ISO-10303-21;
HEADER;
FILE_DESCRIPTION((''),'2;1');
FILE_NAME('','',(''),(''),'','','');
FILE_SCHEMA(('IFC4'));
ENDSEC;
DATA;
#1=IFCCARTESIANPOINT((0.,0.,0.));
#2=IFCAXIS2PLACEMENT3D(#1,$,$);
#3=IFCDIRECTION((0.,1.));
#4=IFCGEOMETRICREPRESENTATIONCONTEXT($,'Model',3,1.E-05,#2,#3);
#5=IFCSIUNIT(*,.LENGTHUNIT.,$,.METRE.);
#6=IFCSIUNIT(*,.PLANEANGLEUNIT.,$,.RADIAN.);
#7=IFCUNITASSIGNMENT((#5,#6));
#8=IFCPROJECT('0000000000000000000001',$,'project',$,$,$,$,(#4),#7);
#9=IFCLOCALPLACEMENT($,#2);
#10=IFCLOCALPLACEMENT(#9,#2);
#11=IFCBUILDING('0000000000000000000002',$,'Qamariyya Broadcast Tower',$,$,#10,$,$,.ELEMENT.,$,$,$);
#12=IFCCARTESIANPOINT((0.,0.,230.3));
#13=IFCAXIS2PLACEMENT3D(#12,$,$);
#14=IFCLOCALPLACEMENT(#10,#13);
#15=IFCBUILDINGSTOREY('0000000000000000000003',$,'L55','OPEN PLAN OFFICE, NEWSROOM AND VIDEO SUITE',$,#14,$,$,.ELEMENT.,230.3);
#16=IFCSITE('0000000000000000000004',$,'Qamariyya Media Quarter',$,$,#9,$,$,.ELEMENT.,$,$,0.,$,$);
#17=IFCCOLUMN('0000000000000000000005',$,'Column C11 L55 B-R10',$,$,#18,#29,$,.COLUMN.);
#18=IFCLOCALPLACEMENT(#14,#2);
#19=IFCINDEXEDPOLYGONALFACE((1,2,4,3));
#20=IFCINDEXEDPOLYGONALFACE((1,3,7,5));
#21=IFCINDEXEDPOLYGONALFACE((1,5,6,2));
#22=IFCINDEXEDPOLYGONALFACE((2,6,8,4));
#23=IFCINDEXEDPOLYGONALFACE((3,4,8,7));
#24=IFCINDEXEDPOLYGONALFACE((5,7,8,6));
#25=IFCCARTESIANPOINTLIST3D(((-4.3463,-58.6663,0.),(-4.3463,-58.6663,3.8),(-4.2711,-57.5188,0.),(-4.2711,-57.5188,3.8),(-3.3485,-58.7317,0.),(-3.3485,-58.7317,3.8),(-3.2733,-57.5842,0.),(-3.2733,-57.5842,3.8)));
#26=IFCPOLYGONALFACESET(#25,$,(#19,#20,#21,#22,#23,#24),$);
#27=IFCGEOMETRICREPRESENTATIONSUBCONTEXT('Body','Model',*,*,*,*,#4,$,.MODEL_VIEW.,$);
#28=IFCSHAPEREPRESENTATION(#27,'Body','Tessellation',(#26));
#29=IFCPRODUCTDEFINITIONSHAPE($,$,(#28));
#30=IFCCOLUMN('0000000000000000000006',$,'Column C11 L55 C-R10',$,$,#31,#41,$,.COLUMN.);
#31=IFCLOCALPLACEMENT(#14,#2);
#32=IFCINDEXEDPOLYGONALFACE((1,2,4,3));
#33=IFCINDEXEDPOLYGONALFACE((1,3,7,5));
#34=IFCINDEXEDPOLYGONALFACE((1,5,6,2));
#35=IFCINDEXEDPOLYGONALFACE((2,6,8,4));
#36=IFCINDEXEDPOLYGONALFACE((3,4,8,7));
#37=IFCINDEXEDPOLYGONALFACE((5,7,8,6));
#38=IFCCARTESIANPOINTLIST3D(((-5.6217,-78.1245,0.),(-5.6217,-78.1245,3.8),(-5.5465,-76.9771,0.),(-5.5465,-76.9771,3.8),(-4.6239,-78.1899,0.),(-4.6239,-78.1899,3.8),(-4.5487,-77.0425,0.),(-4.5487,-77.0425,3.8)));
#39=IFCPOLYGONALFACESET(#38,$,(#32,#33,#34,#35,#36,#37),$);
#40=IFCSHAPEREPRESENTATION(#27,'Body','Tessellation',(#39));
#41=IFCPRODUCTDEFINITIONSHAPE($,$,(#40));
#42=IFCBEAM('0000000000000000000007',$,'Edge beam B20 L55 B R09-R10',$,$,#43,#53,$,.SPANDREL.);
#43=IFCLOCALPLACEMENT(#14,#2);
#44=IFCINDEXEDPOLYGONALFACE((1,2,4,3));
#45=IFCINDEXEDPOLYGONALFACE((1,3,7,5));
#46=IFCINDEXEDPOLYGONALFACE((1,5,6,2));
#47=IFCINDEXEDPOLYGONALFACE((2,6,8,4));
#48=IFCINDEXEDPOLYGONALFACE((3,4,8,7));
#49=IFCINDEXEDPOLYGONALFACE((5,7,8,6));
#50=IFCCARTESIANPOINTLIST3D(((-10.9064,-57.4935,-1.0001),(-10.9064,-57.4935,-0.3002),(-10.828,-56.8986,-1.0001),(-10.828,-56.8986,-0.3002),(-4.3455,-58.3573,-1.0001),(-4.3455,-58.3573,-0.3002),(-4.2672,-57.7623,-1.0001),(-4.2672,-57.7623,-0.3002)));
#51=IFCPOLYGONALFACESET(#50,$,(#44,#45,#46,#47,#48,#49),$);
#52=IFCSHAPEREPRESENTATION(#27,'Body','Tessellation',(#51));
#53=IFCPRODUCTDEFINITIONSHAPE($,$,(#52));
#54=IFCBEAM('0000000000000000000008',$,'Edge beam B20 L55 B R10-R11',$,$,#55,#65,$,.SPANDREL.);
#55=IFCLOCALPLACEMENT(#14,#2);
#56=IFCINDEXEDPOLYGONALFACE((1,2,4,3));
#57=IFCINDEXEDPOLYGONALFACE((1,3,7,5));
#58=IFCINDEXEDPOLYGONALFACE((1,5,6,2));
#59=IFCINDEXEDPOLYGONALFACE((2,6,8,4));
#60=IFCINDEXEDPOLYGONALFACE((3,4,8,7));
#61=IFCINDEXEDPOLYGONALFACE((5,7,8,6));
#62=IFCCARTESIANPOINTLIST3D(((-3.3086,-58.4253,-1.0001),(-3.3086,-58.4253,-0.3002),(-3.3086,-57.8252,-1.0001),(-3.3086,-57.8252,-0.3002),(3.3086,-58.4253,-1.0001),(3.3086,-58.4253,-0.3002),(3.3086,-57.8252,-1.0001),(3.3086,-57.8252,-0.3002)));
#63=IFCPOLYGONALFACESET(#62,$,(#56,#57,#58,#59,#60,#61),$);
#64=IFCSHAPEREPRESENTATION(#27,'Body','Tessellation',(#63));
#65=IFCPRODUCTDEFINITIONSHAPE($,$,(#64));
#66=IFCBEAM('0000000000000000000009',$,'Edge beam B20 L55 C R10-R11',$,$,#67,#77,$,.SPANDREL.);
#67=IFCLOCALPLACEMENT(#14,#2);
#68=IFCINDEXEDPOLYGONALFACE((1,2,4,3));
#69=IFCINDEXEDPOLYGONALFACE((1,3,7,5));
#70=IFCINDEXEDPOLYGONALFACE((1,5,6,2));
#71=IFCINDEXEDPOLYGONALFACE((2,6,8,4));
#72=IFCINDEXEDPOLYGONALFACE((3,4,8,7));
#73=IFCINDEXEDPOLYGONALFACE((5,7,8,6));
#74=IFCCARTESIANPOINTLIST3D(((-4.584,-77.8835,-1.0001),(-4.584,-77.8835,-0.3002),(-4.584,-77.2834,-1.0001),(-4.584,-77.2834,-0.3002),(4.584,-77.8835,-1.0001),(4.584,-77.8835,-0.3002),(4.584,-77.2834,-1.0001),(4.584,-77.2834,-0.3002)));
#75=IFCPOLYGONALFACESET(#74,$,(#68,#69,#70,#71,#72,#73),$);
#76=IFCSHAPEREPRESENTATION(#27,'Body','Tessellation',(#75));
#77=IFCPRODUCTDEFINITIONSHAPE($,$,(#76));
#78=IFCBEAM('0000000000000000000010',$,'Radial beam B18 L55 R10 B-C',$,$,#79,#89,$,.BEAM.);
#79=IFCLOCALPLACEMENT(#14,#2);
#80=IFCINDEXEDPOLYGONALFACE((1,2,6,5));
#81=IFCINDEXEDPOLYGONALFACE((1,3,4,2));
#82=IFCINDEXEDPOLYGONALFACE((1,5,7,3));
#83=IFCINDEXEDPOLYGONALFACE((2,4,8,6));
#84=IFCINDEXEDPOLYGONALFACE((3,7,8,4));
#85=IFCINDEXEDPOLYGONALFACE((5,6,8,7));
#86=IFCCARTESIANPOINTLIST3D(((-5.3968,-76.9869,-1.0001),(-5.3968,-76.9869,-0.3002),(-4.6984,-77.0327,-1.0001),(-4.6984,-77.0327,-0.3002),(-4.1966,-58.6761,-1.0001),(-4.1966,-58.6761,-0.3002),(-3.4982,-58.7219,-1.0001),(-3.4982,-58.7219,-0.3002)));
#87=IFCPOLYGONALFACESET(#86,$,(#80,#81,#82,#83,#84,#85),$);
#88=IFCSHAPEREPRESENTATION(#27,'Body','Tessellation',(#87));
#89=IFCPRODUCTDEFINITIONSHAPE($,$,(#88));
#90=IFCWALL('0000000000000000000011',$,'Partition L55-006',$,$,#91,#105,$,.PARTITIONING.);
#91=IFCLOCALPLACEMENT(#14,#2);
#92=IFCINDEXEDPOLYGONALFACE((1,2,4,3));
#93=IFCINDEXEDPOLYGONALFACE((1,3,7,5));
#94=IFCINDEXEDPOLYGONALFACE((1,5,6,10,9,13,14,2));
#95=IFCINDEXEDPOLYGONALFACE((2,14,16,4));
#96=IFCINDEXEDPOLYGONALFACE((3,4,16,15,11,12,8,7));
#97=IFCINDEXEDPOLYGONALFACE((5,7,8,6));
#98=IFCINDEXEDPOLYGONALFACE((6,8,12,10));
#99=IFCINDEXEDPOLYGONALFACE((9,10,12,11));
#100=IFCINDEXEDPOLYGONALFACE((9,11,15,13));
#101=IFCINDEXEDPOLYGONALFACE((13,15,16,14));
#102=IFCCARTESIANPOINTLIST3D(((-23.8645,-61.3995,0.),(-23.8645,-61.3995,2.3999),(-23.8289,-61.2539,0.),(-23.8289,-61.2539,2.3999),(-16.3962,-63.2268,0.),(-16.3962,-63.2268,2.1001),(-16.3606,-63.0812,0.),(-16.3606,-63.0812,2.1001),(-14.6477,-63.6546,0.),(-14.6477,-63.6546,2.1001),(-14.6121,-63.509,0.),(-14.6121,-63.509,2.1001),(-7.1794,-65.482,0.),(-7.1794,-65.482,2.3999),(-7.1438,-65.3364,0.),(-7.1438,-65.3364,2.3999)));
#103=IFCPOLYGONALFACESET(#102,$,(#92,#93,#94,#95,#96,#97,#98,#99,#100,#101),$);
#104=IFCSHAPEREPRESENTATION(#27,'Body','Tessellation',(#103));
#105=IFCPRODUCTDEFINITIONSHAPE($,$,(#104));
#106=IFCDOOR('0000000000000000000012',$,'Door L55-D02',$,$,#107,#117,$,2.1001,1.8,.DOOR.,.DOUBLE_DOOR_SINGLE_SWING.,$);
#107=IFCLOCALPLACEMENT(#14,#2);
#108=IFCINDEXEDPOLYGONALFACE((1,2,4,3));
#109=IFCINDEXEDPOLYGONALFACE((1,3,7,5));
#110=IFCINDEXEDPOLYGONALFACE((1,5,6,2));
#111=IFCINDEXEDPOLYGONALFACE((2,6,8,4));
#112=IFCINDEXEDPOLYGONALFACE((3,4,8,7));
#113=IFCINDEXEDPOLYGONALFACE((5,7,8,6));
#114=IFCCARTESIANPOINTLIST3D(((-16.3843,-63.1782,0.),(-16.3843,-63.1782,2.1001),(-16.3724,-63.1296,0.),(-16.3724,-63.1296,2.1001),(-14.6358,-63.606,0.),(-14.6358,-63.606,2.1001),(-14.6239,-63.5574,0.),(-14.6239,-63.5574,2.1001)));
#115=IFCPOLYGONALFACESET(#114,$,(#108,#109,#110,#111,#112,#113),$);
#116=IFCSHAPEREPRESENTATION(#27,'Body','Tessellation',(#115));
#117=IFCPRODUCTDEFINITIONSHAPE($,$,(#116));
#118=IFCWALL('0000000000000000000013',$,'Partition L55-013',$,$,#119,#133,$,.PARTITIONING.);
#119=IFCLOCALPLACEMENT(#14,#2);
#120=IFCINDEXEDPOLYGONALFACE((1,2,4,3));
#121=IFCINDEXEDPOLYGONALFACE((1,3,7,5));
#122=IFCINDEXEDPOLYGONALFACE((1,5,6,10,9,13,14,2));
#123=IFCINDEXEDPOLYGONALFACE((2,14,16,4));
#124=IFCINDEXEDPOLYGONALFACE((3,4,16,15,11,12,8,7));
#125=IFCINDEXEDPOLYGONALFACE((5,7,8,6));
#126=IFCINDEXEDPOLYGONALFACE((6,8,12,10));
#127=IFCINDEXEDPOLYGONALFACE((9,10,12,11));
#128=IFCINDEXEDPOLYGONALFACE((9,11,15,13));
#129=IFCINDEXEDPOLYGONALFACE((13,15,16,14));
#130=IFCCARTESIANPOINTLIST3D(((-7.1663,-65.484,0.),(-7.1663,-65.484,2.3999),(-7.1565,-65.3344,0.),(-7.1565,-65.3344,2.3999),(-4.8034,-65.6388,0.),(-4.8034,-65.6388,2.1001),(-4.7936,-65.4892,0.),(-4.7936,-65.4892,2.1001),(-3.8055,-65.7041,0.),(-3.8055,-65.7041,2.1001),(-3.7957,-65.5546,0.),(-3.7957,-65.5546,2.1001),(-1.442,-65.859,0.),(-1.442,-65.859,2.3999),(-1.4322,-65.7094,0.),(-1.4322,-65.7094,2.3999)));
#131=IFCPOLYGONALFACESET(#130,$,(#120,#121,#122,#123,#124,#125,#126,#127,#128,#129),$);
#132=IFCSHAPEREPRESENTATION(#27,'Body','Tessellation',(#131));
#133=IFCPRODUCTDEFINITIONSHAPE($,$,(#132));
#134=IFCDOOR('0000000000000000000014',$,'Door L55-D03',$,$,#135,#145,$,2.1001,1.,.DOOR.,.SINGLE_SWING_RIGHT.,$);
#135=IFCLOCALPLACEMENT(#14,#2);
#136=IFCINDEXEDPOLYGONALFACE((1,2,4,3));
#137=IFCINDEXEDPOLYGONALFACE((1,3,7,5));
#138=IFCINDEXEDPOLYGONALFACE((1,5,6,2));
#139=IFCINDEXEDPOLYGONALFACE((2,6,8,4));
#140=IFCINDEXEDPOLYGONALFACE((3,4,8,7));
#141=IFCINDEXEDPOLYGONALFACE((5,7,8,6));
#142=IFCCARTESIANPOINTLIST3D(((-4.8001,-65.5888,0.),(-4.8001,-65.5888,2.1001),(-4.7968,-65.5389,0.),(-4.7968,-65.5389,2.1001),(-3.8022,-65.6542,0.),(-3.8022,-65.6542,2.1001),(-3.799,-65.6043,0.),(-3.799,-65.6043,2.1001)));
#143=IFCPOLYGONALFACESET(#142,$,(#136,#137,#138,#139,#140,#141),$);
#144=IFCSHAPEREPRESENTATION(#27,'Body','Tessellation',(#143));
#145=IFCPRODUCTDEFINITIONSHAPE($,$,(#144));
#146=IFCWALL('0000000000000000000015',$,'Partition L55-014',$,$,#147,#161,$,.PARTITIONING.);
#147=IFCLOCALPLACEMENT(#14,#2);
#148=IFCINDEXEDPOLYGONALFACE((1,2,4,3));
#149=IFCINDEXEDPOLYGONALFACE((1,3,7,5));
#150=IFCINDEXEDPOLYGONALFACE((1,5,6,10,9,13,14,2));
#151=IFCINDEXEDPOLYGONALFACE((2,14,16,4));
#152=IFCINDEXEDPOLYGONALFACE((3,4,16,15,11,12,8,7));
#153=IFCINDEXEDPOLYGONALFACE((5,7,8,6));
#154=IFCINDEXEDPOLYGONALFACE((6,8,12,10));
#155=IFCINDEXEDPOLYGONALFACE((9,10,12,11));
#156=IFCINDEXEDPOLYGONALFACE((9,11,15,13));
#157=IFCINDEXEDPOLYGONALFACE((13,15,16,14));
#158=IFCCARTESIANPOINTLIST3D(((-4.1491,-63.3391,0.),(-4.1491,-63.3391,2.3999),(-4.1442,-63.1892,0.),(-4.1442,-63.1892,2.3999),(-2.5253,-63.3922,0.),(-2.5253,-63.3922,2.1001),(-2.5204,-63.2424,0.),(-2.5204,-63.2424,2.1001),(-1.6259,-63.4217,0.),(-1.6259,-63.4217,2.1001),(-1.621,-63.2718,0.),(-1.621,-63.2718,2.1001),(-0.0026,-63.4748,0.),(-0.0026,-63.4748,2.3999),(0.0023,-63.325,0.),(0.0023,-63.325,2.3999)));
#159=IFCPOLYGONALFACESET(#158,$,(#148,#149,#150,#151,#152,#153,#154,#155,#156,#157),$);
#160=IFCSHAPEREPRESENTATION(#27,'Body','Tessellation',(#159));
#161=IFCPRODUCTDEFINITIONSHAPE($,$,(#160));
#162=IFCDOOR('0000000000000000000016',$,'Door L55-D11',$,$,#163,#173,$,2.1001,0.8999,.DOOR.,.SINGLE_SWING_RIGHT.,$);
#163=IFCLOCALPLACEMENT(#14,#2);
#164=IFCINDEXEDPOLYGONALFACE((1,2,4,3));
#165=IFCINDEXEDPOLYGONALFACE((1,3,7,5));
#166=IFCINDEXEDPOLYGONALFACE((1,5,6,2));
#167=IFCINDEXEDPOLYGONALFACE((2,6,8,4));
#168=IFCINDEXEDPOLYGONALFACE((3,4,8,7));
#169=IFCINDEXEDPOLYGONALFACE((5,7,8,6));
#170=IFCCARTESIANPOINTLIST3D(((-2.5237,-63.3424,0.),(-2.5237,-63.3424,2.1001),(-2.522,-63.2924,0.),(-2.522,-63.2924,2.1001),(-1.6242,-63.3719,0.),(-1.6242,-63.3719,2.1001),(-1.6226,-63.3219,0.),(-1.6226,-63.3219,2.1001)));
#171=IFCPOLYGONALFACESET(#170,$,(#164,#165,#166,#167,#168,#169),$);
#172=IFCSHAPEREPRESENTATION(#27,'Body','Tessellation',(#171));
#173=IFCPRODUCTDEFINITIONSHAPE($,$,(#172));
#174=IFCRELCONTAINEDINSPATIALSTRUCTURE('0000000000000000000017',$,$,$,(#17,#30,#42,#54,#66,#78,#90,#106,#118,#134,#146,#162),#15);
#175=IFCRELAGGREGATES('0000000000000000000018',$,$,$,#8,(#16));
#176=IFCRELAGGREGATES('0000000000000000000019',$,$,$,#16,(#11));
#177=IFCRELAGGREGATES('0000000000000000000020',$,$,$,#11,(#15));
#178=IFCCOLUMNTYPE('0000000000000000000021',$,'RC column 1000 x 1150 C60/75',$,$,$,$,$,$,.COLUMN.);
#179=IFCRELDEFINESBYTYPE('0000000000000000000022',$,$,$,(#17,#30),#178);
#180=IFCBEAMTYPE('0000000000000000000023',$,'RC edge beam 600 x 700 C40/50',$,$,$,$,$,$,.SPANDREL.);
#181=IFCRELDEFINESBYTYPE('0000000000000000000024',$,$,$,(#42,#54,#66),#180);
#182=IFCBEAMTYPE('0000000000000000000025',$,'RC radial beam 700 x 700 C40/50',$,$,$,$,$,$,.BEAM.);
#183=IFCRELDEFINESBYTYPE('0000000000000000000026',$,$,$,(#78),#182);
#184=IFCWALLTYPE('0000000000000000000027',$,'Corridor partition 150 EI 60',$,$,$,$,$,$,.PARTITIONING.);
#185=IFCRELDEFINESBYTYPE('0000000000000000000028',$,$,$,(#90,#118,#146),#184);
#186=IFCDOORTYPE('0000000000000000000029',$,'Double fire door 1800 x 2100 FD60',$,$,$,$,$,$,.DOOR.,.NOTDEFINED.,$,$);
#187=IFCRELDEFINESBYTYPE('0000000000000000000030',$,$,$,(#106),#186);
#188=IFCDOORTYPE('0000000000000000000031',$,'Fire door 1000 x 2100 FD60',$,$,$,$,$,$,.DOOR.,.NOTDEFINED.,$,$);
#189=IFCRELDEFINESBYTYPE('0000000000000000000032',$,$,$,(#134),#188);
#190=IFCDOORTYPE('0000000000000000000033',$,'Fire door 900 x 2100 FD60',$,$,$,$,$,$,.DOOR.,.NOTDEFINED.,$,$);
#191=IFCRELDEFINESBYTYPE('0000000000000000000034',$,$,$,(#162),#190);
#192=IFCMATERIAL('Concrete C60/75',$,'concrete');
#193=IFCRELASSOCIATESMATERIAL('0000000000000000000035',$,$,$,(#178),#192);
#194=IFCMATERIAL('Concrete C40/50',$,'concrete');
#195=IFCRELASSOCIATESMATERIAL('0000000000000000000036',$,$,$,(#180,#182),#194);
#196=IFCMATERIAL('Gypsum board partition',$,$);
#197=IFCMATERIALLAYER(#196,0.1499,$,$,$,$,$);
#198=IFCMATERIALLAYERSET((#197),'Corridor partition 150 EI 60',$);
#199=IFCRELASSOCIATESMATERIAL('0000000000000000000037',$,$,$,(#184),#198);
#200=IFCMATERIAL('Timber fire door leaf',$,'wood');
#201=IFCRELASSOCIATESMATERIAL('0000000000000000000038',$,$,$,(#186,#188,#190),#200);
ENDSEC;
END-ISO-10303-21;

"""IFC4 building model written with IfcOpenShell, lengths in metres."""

from ifc_helpers import new_model, si_unit, direction, frame, frame_2d, origin, origin_2d, place, context, subcontext, project, spatial, rectangle, extrude, material, layer, layer_set, material_profile, profile_set, type_object, element, fill, save


model = new_model("IFC4")

# Units and contexts
model_context = context("Model", 3, precision=1e-05, world=origin(), true_north=direction((0.0, 1.0)))
body_context = subcontext(model_context, "Body", "Model", "MODEL_VIEW")
ifc_project = project(units=[si_unit("LENGTHUNIT", "METRE"), si_unit("PLANEANGLEUNIT", "RADIAN")], contexts=[model_context])

# Site, building, storey
site_placement = place(None, origin())
site = spatial("IfcSite", under=ifc_project, at=site_placement, Name="Qamariyya Media Quarter", CompositionType="ELEMENT", RefElevation=0.0)
building_placement = place(site_placement, origin())
building = spatial("IfcBuilding", under=site, at=building_placement, Name="Qamariyya Broadcast Tower", CompositionType="ELEMENT")
storey_placement = place(building_placement, frame((0.0, 0.0, 230.3)))
storey = spatial("IfcBuildingStorey", under=building, at=storey_placement, Name="L55", Description="OPEN PLAN OFFICE, NEWSROOM AND VIDEO SUITE", CompositionType="ELEMENT", Elevation=230.3)

# Columns
ifc_material_1 = material(Name="Concrete C60/75", Category="concrete")
ifc_material_profile_1 = material_profile(ifc_material_1, rectangle(XDim=1.0, YDim=1.1499, at=origin_2d()))
ifc_profile_set_1 = profile_set([ifc_material_profile_1], Name="Concrete C60/75")
column_type = type_object("IfcColumnType", Name="RC column 1000 x 1150 C60/75", PredefinedType="COLUMN", material=ifc_profile_set_1)
for number, where, z_axis, x_axis, name in (
    (1, (-3.8098, -58.1252, 0.0), (0.0, 0.0, 1.0), (0.997859, -0.065403, 0.0), "Column C11 L55 B-R10"),
    (2, (-5.0852, -77.5835, 0.0), (0.0, 0.0, 1.0), (0.997859, -0.065403, 0.0), "Column C11 L55 C-R10"),
):
    element("IfcColumn", number, at=place(storey_placement, frame(where, z_axis=z_axis, x_axis=x_axis)), inside=storey, type_object=column_type, Name=name, PredefinedType="COLUMN", context=body_context, shape_type="SweptSolid", body=[
        extrude(rectangle(XDim=1.0, YDim=1.1499, at=origin_2d()), origin(), (0.0, 0.0, 1.0), 3.8),
    ])

# Beams
ifc_material_2 = material(Name="Concrete C40/50", Category="concrete")
ifc_material_profile_2 = material_profile(ifc_material_2, rectangle(XDim=0.6001, YDim=0.7, at=origin_2d()))
ifc_profile_set_2 = profile_set([ifc_material_profile_2], Name="Concrete C40/50")
beam_type_1 = type_object("IfcBeamType", Name="RC edge beam 600 x 700 C40/50", PredefinedType="SPANDREL", material=ifc_profile_set_2)
beam_1_placement = place(storey_placement, frame((-10.8672, -57.196, -0.6501), z_axis=(0.991444, -0.13053, 0.0), x_axis=(0.13053, 0.991444, 0.0)))
element("IfcBeam", 3, at=beam_1_placement, inside=storey, type_object=beam_type_1, Name="Edge beam B20 L55 B R09-R10", PredefinedType="SPANDREL", context=body_context, shape_type="SweptSolid", body=[
    extrude(rectangle(XDim=0.6001, YDim=0.7, at=origin_2d()), origin(), (0.0, 0.0, 1.0), 6.6174),
])
beam_2_placement = place(storey_placement, frame((-3.3086, -58.1252, -0.6501), z_axis=(1.0, 0.0, 0.0), x_axis=(0.0, 1.0, 0.0)))
element("IfcBeam", 4, at=beam_2_placement, inside=storey, type_object=beam_type_1, Name="Edge beam B20 L55 B R10-R11", PredefinedType="SPANDREL", context=body_context, shape_type="SweptSolid", body=[
    extrude(rectangle(XDim=0.6001, YDim=0.7, at=origin_2d()), origin(), (0.0, 0.0, 1.0), 6.6172),
])
beam_3_placement = place(storey_placement, frame((-4.584, -77.5835, -0.6501), z_axis=(1.0, 0.0, 0.0), x_axis=(0.0, 1.0, 0.0)))
element("IfcBeam", 5, at=beam_3_placement, inside=storey, type_object=beam_type_1, Name="Edge beam B20 L55 C R10-R11", PredefinedType="SPANDREL", context=body_context, shape_type="SweptSolid", body=[
    extrude(rectangle(XDim=0.6001, YDim=0.7, at=origin_2d()), origin(), (0.0, 0.0, 1.0), 9.168),
])
ifc_material_profile_3 = material_profile(ifc_material_2, rectangle(XDim=0.7, YDim=0.7, at=origin_2d()))
ifc_profile_set_3 = profile_set([ifc_material_profile_3], Name="Concrete C40/50")
beam_type_2 = type_object("IfcBeamType", Name="RC radial beam 700 x 700 C40/50", PredefinedType="BEAM", material=ifc_profile_set_3)
beam_4_placement = place(storey_placement, frame((-3.8474, -58.699, -0.6501), z_axis=(-0.065405, -0.997859, 0.0), x_axis=(0.997859, -0.065405, 0.0)))
element("IfcBeam", 6, at=beam_4_placement, inside=storey, type_object=beam_type_2, Name="Radial beam B18 L55 R10 B-C", PredefinedType="BEAM", context=body_context, shape_type="SweptSolid", body=[
    extrude(rectangle(XDim=0.7, YDim=0.7, at=origin_2d()), origin(), (0.0, 0.0, 1.0), 18.3501),
])

# Walls, openings, doors
ifc_material_3 = material(Name="Gypsum board partition")
ifc_layer_1 = layer(ifc_material_3, 0.1499)
ifc_layer_set_1 = layer_set([ifc_layer_1], Name="Corridor partition 150 EI 60")
wall_type_1 = type_object("IfcWallType", Name="Corridor partition 150 EI 60", PredefinedType="PARTITIONING", material=ifc_layer_set_1)
wall_1_placement = place(storey_placement, frame((-7.1616, -65.4092, 0.0), z_axis=(0.0, 0.0, 1.0), x_axis=(-0.971346, 0.23767, 0.0)))
wall_1 = element("IfcWall", 7, at=wall_1_placement, inside=storey, type_object=wall_type_1, Name="Partition L55-006", PredefinedType="PARTITIONING", context=body_context, shape_type="SweptSolid", body=[
    extrude(rectangle(XDim=17.1772, YDim=0.1499, at=frame_2d((8.5886, 0.0))), origin(), (0.0, 0.0, 1.0), 2.3999),
])
opening_1_placement = place(wall_1_placement, frame((7.6887, 0.0, 0.0)))
opening_1 = element("IfcOpeningElement", 8, at=opening_1_placement, cuts=wall_1, PredefinedType="OPENING", context=body_context, shape_type="SweptSolid", body=[
    extrude(rectangle(XDim=1.8, YDim=2.1001, at=frame_2d((0.8999, 1.05))), frame((0.0, 0.085, 0.0), z_axis=(0.0, -1.0, 0.0), x_axis=(1.0, 0.0, 0.0)), (0.0, 0.0, 1.0), 0.1699),
])
ifc_material_4 = material(Name="Timber fire door leaf", Category="wood")
door_type_1 = type_object("IfcDoorType", Name="Double fire door 1800 x 2100 FD60", OperationType="NOTDEFINED", PredefinedType="DOOR", material=ifc_material_4)
door_1_placement = place(opening_1_placement, origin())
door_1 = element("IfcDoor", 9, at=door_1_placement, inside=storey, type_object=door_type_1, Name="Door L55-D02", OperationType="DOUBLE_DOOR_SINGLE_SWING", OverallHeight=2.1001, OverallWidth=1.8, PredefinedType="DOOR", context=body_context, shape_type="SweptSolid", body=[
    extrude(rectangle(XDim=1.8, YDim=2.1001, at=frame_2d((0.8999, 1.05))), frame((0.0, 0.0249, 0.0), z_axis=(0.0, -1.0, 0.0), x_axis=(1.0, 0.0, 0.0)), (0.0, 0.0, 1.0), 0.05),
])
fill(opening_1, door_1)
wall_2_placement = place(storey_placement, frame((-1.4373, -65.7842, 0.0), z_axis=(0.0, 0.0, 1.0), x_axis=(-0.997861, 0.065369, 0.0)))
wall_2 = element("IfcWall", 10, at=wall_2_placement, inside=storey, type_object=wall_type_1, Name="Partition L55-013", PredefinedType="PARTITIONING", context=body_context, shape_type="SweptSolid", body=[
    extrude(rectangle(XDim=5.7366, YDim=0.1499, at=frame_2d((2.8682, 0.0))), origin(), (0.0, 0.0, 1.0), 2.3999),
])
opening_2_placement = place(wall_2_placement, frame((2.3684, 0.0, 0.0)))
opening_2 = element("IfcOpeningElement", 11, at=opening_2_placement, cuts=wall_2, PredefinedType="OPENING", context=body_context, shape_type="SweptSolid", body=[
    extrude(rectangle(XDim=1.0, YDim=2.1001, at=frame_2d((0.5, 1.05))), frame((0.0, 0.085, 0.0), z_axis=(0.0, -1.0, 0.0), x_axis=(1.0, 0.0, 0.0)), (0.0, 0.0, 1.0), 0.1699),
])
door_type_2 = type_object("IfcDoorType", Name="Fire door 1000 x 2100 FD60", OperationType="NOTDEFINED", PredefinedType="DOOR", material=ifc_material_4)
door_2_placement = place(opening_2_placement, origin())
door_2 = element("IfcDoor", 12, at=door_2_placement, inside=storey, type_object=door_type_2, Name="Door L55-D03", OperationType="SINGLE_SWING_RIGHT", OverallHeight=2.1001, OverallWidth=1.0, PredefinedType="DOOR", context=body_context, shape_type="SweptSolid", body=[
    extrude(rectangle(XDim=1.0, YDim=2.1001, at=frame_2d((0.5, 1.05))), frame((0.0, 0.0249, 0.0), z_axis=(0.0, -1.0, 0.0), x_axis=(1.0, 0.0, 0.0)), (0.0, 0.0, 1.0), 0.05),
])
fill(opening_2, door_2)
wall_3_placement = place(storey_placement, frame((-4.1465, -63.2642, 0.0), z_axis=(0.0, 0.0, 1.0), x_axis=(0.999465, -0.032719, 0.0)))
wall_3 = element("IfcWall", 13, at=wall_3_placement, inside=storey, type_object=wall_type_1, Name="Partition L55-014", PredefinedType="PARTITIONING", context=body_context, shape_type="SweptSolid", body=[
    extrude(rectangle(XDim=4.1487, YDim=0.1499, at=frame_2d((2.0742, 0.0))), origin(), (0.0, 0.0, 1.0), 2.3999),
])
opening_3_placement = place(wall_3_placement, frame((1.6245, 0.0, 0.0)))
opening_3 = element("IfcOpeningElement", 14, at=opening_3_placement, cuts=wall_3, PredefinedType="OPENING", context=body_context, shape_type="SweptSolid", body=[
    extrude(rectangle(XDim=0.8999, YDim=2.1001, at=frame_2d((0.45, 1.05))), frame((0.0, 0.085, 0.0), z_axis=(0.0, -1.0, 0.0), x_axis=(1.0, 0.0, 0.0)), (0.0, 0.0, 1.0), 0.1699),
])
door_type_3 = type_object("IfcDoorType", Name="Fire door 900 x 2100 FD60", OperationType="NOTDEFINED", PredefinedType="DOOR", material=ifc_material_4)
door_3_placement = place(opening_3_placement, origin())
door_3 = element("IfcDoor", 15, at=door_3_placement, inside=storey, type_object=door_type_3, Name="Door L55-D11", OperationType="SINGLE_SWING_RIGHT", OverallHeight=2.1001, OverallWidth=0.8999, PredefinedType="DOOR", context=body_context, shape_type="SweptSolid", body=[
    extrude(rectangle(XDim=0.8999, YDim=2.1001, at=frame_2d((0.45, 1.05))), frame((0.0, 0.0249, 0.0), z_axis=(0.0, -1.0, 0.0), x_axis=(1.0, 0.0, 0.0)), (0.0, 0.0, 1.0), 0.05),
])
fill(opening_3, door_3)

save(model, "model.ifc")
